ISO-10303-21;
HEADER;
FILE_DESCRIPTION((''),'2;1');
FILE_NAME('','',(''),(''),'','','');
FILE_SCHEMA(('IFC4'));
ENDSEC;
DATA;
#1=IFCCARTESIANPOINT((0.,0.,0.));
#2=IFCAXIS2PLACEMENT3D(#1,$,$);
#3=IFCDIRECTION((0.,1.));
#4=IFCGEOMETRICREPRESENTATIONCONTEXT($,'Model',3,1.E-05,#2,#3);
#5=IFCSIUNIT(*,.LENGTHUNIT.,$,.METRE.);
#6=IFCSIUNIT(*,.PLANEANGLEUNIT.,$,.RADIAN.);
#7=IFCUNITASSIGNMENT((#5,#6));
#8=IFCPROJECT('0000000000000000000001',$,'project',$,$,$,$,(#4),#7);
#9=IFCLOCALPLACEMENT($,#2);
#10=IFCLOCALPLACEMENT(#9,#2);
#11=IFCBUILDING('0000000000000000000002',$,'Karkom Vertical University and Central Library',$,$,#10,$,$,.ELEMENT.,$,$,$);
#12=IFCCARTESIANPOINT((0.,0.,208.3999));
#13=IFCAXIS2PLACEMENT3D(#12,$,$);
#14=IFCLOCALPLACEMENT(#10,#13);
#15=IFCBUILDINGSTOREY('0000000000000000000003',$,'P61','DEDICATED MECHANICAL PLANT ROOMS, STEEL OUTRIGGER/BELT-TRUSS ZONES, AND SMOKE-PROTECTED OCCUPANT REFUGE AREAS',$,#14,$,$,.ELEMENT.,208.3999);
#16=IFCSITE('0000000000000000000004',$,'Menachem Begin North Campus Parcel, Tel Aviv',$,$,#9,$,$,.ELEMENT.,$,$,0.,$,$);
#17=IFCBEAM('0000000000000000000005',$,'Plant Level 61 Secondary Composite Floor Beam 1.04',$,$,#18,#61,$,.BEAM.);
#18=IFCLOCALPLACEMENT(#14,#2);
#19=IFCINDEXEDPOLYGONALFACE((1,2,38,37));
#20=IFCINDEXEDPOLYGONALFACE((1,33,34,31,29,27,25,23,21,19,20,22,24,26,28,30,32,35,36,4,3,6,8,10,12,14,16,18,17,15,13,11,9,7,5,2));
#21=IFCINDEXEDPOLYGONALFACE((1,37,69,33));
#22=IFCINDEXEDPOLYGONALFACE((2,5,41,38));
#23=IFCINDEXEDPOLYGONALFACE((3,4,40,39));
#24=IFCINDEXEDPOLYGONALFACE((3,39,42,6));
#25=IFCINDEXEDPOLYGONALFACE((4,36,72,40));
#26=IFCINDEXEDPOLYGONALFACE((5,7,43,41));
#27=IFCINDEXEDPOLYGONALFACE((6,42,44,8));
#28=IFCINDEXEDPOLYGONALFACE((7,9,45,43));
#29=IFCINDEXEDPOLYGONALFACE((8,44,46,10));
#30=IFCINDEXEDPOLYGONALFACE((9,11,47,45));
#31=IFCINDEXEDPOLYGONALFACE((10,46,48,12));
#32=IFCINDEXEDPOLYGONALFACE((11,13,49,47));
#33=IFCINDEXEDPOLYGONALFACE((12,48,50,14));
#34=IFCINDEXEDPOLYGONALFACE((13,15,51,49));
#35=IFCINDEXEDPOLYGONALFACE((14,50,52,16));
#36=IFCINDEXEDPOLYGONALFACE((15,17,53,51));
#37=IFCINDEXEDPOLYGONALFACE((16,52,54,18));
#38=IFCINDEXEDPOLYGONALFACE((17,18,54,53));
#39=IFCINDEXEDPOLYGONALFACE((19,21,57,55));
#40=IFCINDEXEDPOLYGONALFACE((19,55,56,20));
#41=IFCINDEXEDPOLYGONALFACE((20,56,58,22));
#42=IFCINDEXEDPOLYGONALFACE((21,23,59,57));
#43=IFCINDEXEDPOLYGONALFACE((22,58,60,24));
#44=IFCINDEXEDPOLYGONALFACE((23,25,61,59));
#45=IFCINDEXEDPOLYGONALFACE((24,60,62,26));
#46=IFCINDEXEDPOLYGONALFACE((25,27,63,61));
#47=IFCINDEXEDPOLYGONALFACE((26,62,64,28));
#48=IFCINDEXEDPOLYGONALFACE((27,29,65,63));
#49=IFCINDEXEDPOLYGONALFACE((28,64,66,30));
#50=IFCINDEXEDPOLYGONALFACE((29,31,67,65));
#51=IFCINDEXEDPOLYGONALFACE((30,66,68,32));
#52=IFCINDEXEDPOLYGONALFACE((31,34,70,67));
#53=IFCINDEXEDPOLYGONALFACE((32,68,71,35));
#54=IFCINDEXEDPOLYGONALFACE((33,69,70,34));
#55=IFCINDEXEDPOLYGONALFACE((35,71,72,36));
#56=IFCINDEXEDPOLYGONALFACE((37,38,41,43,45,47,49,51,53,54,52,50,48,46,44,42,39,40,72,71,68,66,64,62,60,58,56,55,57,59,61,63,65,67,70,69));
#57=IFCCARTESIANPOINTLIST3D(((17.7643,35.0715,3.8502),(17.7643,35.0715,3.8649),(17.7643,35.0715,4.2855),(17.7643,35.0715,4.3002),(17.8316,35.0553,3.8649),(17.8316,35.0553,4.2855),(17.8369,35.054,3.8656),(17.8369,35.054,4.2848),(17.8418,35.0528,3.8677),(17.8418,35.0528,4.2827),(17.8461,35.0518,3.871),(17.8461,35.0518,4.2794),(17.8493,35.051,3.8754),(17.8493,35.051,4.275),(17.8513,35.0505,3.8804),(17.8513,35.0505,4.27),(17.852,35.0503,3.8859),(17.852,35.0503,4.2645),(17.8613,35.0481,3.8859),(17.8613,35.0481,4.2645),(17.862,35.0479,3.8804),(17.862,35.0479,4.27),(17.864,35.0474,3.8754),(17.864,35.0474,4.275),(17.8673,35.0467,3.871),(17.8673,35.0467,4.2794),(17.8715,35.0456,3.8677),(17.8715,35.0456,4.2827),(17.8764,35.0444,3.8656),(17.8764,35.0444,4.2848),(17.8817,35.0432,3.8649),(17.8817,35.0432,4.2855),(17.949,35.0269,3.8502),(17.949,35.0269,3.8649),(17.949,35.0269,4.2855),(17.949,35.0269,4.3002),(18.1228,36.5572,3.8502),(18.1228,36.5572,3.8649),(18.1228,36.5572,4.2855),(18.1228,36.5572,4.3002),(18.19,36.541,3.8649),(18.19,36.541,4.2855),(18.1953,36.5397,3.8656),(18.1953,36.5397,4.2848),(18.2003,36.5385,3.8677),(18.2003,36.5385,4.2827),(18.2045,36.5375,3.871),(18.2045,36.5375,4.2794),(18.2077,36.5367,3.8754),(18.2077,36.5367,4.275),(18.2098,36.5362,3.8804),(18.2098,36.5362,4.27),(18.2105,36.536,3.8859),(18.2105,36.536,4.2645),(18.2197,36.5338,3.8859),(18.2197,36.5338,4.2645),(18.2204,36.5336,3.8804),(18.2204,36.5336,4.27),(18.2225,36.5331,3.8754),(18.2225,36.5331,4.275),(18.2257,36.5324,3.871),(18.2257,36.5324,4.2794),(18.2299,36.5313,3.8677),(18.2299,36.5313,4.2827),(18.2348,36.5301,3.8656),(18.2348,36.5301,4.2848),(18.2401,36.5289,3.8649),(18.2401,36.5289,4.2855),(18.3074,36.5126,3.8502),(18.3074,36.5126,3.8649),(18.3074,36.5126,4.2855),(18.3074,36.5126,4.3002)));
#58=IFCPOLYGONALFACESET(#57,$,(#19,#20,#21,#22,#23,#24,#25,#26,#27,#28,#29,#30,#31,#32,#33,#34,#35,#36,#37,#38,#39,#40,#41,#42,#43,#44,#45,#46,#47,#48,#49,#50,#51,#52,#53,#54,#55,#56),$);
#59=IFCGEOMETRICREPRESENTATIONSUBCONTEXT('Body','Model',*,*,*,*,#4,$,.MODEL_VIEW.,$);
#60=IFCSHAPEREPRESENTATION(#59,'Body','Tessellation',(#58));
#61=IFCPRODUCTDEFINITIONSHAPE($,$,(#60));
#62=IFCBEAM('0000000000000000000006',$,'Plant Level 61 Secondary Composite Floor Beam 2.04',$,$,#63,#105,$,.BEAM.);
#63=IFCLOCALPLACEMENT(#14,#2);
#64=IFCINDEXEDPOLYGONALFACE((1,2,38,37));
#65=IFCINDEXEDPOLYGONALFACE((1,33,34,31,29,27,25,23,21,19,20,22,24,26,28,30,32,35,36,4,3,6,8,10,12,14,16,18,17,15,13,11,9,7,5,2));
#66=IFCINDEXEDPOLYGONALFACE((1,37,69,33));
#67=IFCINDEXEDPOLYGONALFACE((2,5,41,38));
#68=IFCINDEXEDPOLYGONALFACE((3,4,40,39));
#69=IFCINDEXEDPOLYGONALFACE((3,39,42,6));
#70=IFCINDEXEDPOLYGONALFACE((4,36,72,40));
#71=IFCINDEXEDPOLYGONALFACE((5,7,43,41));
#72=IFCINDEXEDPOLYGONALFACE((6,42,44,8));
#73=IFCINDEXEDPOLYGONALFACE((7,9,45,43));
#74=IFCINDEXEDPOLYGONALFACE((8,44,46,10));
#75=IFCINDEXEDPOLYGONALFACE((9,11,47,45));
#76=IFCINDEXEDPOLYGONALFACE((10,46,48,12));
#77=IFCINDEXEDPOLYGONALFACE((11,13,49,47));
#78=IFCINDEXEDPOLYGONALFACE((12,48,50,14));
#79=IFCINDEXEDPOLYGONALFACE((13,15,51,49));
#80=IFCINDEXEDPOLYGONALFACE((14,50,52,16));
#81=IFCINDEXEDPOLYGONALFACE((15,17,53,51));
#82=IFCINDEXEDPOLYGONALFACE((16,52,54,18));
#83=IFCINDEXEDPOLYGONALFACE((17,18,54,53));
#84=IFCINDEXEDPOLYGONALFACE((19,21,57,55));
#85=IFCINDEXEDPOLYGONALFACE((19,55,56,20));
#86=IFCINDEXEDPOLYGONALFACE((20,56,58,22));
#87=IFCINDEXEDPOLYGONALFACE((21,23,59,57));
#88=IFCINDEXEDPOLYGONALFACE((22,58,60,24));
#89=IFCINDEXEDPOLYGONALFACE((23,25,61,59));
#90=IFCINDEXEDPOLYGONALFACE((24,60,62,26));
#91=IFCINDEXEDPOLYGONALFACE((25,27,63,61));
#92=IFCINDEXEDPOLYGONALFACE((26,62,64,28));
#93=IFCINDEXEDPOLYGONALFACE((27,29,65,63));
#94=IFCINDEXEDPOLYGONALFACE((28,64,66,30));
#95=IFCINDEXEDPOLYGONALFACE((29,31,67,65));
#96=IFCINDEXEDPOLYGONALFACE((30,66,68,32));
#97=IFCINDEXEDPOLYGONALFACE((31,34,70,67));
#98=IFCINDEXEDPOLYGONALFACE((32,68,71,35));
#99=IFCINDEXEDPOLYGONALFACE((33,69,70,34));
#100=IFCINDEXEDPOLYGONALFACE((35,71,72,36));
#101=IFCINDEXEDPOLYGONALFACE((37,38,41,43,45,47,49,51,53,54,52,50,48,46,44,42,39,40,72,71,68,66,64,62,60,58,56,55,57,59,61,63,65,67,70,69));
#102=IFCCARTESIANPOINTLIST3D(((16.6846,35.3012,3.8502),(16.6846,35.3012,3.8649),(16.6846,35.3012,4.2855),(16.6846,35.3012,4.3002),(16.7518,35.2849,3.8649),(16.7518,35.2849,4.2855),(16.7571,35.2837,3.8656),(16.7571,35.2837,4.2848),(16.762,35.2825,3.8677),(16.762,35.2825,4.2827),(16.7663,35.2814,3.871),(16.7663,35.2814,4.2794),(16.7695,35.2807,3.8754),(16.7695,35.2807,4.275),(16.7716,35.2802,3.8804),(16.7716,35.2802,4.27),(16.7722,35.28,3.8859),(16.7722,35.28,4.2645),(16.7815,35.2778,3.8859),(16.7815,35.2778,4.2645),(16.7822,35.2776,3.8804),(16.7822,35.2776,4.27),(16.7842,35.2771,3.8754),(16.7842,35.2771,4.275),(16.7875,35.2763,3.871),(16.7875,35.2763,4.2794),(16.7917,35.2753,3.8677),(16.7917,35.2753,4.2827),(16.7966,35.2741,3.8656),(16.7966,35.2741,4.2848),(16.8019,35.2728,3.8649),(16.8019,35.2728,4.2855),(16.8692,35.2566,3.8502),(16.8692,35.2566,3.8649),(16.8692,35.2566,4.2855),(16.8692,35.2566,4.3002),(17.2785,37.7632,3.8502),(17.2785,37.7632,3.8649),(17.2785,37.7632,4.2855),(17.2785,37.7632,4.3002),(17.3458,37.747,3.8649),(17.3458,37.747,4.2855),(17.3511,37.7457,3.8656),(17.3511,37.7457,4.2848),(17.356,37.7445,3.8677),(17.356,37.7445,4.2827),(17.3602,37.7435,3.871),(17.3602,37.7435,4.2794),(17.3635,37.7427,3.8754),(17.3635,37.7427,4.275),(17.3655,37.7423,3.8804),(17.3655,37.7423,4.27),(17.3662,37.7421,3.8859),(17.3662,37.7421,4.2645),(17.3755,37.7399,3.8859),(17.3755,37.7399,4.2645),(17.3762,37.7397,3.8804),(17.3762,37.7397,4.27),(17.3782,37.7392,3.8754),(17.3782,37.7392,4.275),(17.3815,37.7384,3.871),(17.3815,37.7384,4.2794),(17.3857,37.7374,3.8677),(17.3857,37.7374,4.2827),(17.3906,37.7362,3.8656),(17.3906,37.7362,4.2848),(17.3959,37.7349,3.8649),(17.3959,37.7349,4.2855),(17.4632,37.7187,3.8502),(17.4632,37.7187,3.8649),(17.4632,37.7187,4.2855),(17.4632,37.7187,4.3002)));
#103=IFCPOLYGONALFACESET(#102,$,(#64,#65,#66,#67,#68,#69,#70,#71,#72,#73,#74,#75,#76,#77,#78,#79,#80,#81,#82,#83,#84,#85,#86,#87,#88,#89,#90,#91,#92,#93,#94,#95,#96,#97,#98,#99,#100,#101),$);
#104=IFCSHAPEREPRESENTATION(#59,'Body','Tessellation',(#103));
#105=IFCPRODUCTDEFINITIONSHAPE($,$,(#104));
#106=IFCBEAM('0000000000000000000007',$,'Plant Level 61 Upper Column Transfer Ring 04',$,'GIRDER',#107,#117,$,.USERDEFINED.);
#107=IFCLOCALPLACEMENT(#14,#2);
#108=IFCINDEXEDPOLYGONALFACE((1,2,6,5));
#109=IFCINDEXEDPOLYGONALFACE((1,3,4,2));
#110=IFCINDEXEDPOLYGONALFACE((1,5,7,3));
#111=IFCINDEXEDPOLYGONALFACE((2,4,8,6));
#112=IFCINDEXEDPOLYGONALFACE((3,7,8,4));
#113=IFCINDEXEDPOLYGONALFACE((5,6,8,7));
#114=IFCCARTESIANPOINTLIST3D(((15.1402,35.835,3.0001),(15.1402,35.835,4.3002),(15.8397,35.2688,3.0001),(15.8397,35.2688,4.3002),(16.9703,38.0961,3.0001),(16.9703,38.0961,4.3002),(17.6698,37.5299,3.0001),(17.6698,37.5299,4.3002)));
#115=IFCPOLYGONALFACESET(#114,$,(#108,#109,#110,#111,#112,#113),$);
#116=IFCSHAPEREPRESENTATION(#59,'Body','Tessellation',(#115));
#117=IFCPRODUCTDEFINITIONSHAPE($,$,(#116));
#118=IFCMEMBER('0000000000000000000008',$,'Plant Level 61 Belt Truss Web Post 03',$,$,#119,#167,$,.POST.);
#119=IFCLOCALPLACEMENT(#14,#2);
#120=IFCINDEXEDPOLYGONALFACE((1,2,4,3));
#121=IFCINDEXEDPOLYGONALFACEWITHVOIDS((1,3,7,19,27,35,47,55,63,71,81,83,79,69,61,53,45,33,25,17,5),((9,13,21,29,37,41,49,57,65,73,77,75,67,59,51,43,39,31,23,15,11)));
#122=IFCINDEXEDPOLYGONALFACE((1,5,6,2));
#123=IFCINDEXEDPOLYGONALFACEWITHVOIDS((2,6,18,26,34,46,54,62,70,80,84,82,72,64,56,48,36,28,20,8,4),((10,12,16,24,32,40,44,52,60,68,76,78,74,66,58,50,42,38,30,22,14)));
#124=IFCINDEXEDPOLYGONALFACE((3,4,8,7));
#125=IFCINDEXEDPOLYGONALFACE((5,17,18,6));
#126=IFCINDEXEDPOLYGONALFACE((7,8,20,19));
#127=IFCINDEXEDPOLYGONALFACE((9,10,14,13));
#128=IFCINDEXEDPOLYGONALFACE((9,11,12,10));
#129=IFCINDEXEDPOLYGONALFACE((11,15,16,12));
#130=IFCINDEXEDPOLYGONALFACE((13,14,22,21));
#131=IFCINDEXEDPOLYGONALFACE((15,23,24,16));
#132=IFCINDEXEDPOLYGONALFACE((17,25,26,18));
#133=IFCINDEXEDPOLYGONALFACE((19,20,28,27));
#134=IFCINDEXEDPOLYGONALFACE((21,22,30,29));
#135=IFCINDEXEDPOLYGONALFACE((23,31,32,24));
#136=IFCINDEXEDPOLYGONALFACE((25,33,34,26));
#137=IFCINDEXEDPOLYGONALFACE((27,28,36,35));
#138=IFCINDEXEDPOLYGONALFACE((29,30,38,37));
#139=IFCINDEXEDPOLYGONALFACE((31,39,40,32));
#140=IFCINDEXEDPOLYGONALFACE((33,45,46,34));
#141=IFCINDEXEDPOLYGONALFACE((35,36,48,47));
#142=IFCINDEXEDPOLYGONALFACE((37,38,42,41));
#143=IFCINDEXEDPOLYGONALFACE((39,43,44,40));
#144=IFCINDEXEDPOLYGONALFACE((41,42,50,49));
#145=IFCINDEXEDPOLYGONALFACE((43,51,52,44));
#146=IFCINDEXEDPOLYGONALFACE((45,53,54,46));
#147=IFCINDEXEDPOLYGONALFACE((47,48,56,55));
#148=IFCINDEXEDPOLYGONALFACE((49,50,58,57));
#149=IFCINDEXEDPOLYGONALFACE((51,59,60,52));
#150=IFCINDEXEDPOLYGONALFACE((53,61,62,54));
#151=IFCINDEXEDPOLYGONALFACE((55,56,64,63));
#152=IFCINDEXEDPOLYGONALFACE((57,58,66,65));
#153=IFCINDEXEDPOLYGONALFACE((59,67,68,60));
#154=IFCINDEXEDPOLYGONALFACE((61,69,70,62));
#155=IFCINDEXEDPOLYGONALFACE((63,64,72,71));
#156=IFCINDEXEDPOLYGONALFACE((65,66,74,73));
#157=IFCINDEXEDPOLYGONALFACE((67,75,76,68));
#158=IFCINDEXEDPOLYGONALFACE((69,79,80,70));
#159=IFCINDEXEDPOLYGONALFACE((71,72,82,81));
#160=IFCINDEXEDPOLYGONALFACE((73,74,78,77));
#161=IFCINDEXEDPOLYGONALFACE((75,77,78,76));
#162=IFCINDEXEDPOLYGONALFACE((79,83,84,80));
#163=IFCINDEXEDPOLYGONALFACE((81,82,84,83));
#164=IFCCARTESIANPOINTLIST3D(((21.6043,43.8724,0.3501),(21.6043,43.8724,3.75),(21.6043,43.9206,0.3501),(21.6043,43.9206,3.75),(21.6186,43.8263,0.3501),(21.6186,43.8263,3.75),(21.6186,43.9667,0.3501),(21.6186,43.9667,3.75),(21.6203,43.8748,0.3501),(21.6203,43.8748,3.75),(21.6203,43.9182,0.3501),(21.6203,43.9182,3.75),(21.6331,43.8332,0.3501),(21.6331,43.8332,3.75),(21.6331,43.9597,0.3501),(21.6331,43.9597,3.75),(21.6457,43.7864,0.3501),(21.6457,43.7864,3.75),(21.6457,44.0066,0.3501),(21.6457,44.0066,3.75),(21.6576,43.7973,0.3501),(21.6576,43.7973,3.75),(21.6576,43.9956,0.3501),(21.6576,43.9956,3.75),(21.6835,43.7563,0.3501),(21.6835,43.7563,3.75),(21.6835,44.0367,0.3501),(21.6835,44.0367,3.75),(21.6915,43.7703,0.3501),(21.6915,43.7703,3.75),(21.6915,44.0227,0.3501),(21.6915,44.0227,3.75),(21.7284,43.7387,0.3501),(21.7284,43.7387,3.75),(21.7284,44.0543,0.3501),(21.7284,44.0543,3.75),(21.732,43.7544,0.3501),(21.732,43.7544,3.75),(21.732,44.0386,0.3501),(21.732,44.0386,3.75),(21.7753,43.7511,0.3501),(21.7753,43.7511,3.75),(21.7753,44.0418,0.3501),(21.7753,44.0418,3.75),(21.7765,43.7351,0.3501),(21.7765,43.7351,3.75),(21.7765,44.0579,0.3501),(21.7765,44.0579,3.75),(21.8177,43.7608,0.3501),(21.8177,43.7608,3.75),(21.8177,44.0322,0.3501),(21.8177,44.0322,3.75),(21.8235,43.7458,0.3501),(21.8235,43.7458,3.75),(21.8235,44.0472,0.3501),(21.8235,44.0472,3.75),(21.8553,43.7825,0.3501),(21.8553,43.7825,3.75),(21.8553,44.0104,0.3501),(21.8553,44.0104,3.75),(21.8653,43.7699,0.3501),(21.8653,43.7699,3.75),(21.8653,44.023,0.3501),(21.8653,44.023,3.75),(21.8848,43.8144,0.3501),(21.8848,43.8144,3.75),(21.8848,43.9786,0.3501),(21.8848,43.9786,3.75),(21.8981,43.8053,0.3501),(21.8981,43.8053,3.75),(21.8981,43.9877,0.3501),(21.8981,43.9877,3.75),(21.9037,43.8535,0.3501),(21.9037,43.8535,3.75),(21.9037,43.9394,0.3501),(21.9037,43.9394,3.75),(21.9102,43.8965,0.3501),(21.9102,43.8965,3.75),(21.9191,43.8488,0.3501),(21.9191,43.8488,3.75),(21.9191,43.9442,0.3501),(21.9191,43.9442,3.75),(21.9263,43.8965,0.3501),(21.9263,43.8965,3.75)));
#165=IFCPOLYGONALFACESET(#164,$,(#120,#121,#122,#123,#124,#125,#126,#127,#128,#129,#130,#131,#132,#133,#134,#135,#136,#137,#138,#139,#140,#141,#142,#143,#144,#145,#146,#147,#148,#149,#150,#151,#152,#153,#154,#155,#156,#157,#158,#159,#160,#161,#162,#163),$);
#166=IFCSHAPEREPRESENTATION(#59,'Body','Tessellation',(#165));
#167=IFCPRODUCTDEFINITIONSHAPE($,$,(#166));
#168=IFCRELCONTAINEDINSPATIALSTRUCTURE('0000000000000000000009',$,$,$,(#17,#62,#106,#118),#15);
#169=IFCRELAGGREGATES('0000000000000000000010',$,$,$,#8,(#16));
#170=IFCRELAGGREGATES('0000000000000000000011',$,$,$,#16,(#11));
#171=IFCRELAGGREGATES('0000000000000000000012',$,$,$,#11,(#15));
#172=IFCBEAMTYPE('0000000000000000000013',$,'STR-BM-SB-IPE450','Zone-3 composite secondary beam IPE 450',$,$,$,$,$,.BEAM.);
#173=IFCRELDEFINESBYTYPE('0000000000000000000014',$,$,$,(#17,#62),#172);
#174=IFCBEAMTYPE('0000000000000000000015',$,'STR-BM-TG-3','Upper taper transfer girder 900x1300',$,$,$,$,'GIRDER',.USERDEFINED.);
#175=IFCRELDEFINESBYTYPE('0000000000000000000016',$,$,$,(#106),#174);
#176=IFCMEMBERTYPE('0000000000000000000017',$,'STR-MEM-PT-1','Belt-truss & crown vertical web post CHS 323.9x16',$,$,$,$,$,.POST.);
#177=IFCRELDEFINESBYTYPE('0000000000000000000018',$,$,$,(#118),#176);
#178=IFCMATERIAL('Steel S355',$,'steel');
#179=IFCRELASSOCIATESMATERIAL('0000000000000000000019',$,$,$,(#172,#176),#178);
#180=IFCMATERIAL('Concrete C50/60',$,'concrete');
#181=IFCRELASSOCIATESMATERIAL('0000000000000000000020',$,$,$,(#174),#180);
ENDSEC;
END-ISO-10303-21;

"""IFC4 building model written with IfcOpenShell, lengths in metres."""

from ifc_helpers import new_model, si_unit, direction, frame, origin, origin_with_axes, origin_2d, place, context, subcontext, project, spatial, rectangle, hollow_circle, i_section, extrude, source, transform, mapped, material, material_profile, profile_set, type_object, element, save


model = new_model("IFC4")

# Units and contexts
model_context = context("Model", 3, precision=1e-05, world=origin(), true_north=direction((0.0, 1.0)))
body_context = subcontext(model_context, "Body", "Model", "MODEL_VIEW")
ifc_project = project(units=[si_unit("LENGTHUNIT", "METRE"), si_unit("PLANEANGLEUNIT", "RADIAN")], contexts=[model_context])

# Site, building, storey
site_placement = place(None, origin())
site = spatial("IfcSite", under=ifc_project, at=site_placement, Name="Menachem Begin North Campus Parcel, Tel Aviv", CompositionType="ELEMENT", RefElevation=0.0)
building_placement = place(site_placement, origin())
building = spatial("IfcBuilding", under=site, at=building_placement, Name="Karkom Vertical University and Central Library", CompositionType="ELEMENT")
storey_placement = place(building_placement, frame((0.0, 0.0, 208.3999)))
storey = spatial("IfcBuildingStorey", under=building, at=storey_placement, Name="P61", Description="DEDICATED MECHANICAL PLANT ROOMS, STEEL OUTRIGGER/BELT-TRUSS ZONES, AND SMOKE-PROTECTED OCCUPANT REFUGE AREAS", CompositionType="ELEMENT", Elevation=208.3999)

# Beams
ifc_material_1 = material(Name="Steel S355", Category="steel")
ifc_material_profile_1 = material_profile(ifc_material_1, i_section(OverallWidth=0.1899, OverallDepth=0.45, WebThickness=0.0095, FlangeThickness=0.0146, FilletRadius=0.021, at=origin_2d()), Name="IPE 450")
ifc_profile_set_1 = profile_set([ifc_material_profile_1], Name="Steel S355")
beam_type_1 = type_object("IfcBeamType", Name="STR-BM-SB-IPE450", Description="Zone-3 composite secondary beam IPE 450", PredefinedType="BEAM", material=ifc_profile_set_1)
shared_shape_1 = source(origin_with_axes(), body_context, "Body", "SweptSolid", [
    extrude(i_section(OverallWidth=0.1899, OverallDepth=0.45, WebThickness=0.0095, FlangeThickness=0.0146, FilletRadius=0.021, at=origin_2d()), origin(), (0.0, 0.0, 1.0), 1.5283),
])
beam_1_placement = place(storey_placement, frame((18.2151, 36.5349, 4.0752), z_axis=(-0.234521, -0.972111, 0.0), x_axis=(0.972111, -0.234521, 0.0)))
element("IfcBeam", 1, at=beam_1_placement, inside=storey, type_object=beam_type_1, Name="Plant Level 61 Secondary Composite Floor Beam 1.04", PredefinedType="BEAM", context=body_context, shape_type="MappedRepresentation", body=[
    mapped(shared_shape_1, transform((0.0, 0.0, 0.0), scale=1.0)),
])
shared_shape_2 = source(origin_with_axes(), body_context, "Body", "SweptSolid", [
    extrude(i_section(OverallWidth=0.1899, OverallDepth=0.45, WebThickness=0.0095, FlangeThickness=0.0146, FilletRadius=0.021, at=origin_2d()), origin(), (0.0, 0.0, 1.0), 2.5327),
])
beam_2_placement = place(storey_placement, frame((17.3708, 37.741, 4.0752), z_axis=(-0.234521, -0.972111, 0.0), x_axis=(0.972111, -0.234521, 0.0)))
element("IfcBeam", 2, at=beam_2_placement, inside=storey, type_object=beam_type_1, Name="Plant Level 61 Secondary Composite Floor Beam 2.04", PredefinedType="BEAM", context=body_context, shape_type="MappedRepresentation", body=[
    mapped(shared_shape_2, transform((0.0, 0.0, 0.0), scale=1.0)),
])
ifc_material_2 = material(Name="Concrete C50/60", Category="concrete")
ifc_material_profile_2 = material_profile(ifc_material_2, rectangle(XDim=0.8999, YDim=1.3, at=origin_2d()), Name="TG-900x1300")
ifc_profile_set_2 = profile_set([ifc_material_profile_2], Name="Concrete C50/60")
beam_type_2 = type_object("IfcBeamType", Name="STR-BM-TG-3", Description="Upper taper transfer girder 900x1300", ElementType="GIRDER", PredefinedType="USERDEFINED", material=ifc_profile_set_2)
shared_shape_3 = source(origin_with_axes(), body_context, "Body", "SweptSolid", [
    extrude(rectangle(XDim=0.8999, YDim=1.3, at=origin_2d()), origin(), (0.0, 0.0, 1.0), 2.9089),
])
beam_3_placement = place(storey_placement, frame((17.3201, 37.813, 3.6501), z_axis=(-0.629148, -0.777286, 0.0), x_axis=(0.777286, -0.629148, 0.0)))
element("IfcBeam", 3, at=beam_3_placement, inside=storey, type_object=beam_type_2, Name="Plant Level 61 Upper Column Transfer Ring 04", ObjectType="GIRDER", PredefinedType="USERDEFINED", context=body_context, shape_type="MappedRepresentation", body=[
    mapped(shared_shape_3, transform((0.0, 0.0, 0.0), scale=1.0)),
])

# Member
ifc_material_profile_3 = material_profile(ifc_material_1, hollow_circle(Radius=0.1619, WallThickness=0.0161, at=origin_2d()), Name="CHS 323.9x16")
ifc_profile_set_3 = profile_set([ifc_material_profile_3], Name="Steel S355")
member_type_1 = type_object("IfcMemberType", Name="STR-MEM-PT-1", Description="Belt-truss & crown vertical web post CHS 323.9x16", PredefinedType="POST", material=ifc_profile_set_3)
shared_shape_4 = source(origin_with_axes(), body_context, "Body", "SweptSolid", [
    extrude(hollow_circle(Radius=0.1619, WallThickness=0.0161, at=origin_2d()), origin(), (0.0, 0.0, 1.0), 3.3999),
])
member_1_placement = place(storey_placement, frame((21.7644, 43.8965, 0.3501), z_axis=(0.0, 0.0, 1.0), x_axis=(1.0, 0.0, 0.0)))
element("IfcMember", 4, at=member_1_placement, inside=storey, type_object=member_type_1, Name="Plant Level 61 Belt Truss Web Post 03", PredefinedType="POST", context=body_context, shape_type="MappedRepresentation", body=[
    mapped(shared_shape_4, transform((0.0, 0.0, 0.0), scale=1.0)),
])

save(model, "model.ifc")
